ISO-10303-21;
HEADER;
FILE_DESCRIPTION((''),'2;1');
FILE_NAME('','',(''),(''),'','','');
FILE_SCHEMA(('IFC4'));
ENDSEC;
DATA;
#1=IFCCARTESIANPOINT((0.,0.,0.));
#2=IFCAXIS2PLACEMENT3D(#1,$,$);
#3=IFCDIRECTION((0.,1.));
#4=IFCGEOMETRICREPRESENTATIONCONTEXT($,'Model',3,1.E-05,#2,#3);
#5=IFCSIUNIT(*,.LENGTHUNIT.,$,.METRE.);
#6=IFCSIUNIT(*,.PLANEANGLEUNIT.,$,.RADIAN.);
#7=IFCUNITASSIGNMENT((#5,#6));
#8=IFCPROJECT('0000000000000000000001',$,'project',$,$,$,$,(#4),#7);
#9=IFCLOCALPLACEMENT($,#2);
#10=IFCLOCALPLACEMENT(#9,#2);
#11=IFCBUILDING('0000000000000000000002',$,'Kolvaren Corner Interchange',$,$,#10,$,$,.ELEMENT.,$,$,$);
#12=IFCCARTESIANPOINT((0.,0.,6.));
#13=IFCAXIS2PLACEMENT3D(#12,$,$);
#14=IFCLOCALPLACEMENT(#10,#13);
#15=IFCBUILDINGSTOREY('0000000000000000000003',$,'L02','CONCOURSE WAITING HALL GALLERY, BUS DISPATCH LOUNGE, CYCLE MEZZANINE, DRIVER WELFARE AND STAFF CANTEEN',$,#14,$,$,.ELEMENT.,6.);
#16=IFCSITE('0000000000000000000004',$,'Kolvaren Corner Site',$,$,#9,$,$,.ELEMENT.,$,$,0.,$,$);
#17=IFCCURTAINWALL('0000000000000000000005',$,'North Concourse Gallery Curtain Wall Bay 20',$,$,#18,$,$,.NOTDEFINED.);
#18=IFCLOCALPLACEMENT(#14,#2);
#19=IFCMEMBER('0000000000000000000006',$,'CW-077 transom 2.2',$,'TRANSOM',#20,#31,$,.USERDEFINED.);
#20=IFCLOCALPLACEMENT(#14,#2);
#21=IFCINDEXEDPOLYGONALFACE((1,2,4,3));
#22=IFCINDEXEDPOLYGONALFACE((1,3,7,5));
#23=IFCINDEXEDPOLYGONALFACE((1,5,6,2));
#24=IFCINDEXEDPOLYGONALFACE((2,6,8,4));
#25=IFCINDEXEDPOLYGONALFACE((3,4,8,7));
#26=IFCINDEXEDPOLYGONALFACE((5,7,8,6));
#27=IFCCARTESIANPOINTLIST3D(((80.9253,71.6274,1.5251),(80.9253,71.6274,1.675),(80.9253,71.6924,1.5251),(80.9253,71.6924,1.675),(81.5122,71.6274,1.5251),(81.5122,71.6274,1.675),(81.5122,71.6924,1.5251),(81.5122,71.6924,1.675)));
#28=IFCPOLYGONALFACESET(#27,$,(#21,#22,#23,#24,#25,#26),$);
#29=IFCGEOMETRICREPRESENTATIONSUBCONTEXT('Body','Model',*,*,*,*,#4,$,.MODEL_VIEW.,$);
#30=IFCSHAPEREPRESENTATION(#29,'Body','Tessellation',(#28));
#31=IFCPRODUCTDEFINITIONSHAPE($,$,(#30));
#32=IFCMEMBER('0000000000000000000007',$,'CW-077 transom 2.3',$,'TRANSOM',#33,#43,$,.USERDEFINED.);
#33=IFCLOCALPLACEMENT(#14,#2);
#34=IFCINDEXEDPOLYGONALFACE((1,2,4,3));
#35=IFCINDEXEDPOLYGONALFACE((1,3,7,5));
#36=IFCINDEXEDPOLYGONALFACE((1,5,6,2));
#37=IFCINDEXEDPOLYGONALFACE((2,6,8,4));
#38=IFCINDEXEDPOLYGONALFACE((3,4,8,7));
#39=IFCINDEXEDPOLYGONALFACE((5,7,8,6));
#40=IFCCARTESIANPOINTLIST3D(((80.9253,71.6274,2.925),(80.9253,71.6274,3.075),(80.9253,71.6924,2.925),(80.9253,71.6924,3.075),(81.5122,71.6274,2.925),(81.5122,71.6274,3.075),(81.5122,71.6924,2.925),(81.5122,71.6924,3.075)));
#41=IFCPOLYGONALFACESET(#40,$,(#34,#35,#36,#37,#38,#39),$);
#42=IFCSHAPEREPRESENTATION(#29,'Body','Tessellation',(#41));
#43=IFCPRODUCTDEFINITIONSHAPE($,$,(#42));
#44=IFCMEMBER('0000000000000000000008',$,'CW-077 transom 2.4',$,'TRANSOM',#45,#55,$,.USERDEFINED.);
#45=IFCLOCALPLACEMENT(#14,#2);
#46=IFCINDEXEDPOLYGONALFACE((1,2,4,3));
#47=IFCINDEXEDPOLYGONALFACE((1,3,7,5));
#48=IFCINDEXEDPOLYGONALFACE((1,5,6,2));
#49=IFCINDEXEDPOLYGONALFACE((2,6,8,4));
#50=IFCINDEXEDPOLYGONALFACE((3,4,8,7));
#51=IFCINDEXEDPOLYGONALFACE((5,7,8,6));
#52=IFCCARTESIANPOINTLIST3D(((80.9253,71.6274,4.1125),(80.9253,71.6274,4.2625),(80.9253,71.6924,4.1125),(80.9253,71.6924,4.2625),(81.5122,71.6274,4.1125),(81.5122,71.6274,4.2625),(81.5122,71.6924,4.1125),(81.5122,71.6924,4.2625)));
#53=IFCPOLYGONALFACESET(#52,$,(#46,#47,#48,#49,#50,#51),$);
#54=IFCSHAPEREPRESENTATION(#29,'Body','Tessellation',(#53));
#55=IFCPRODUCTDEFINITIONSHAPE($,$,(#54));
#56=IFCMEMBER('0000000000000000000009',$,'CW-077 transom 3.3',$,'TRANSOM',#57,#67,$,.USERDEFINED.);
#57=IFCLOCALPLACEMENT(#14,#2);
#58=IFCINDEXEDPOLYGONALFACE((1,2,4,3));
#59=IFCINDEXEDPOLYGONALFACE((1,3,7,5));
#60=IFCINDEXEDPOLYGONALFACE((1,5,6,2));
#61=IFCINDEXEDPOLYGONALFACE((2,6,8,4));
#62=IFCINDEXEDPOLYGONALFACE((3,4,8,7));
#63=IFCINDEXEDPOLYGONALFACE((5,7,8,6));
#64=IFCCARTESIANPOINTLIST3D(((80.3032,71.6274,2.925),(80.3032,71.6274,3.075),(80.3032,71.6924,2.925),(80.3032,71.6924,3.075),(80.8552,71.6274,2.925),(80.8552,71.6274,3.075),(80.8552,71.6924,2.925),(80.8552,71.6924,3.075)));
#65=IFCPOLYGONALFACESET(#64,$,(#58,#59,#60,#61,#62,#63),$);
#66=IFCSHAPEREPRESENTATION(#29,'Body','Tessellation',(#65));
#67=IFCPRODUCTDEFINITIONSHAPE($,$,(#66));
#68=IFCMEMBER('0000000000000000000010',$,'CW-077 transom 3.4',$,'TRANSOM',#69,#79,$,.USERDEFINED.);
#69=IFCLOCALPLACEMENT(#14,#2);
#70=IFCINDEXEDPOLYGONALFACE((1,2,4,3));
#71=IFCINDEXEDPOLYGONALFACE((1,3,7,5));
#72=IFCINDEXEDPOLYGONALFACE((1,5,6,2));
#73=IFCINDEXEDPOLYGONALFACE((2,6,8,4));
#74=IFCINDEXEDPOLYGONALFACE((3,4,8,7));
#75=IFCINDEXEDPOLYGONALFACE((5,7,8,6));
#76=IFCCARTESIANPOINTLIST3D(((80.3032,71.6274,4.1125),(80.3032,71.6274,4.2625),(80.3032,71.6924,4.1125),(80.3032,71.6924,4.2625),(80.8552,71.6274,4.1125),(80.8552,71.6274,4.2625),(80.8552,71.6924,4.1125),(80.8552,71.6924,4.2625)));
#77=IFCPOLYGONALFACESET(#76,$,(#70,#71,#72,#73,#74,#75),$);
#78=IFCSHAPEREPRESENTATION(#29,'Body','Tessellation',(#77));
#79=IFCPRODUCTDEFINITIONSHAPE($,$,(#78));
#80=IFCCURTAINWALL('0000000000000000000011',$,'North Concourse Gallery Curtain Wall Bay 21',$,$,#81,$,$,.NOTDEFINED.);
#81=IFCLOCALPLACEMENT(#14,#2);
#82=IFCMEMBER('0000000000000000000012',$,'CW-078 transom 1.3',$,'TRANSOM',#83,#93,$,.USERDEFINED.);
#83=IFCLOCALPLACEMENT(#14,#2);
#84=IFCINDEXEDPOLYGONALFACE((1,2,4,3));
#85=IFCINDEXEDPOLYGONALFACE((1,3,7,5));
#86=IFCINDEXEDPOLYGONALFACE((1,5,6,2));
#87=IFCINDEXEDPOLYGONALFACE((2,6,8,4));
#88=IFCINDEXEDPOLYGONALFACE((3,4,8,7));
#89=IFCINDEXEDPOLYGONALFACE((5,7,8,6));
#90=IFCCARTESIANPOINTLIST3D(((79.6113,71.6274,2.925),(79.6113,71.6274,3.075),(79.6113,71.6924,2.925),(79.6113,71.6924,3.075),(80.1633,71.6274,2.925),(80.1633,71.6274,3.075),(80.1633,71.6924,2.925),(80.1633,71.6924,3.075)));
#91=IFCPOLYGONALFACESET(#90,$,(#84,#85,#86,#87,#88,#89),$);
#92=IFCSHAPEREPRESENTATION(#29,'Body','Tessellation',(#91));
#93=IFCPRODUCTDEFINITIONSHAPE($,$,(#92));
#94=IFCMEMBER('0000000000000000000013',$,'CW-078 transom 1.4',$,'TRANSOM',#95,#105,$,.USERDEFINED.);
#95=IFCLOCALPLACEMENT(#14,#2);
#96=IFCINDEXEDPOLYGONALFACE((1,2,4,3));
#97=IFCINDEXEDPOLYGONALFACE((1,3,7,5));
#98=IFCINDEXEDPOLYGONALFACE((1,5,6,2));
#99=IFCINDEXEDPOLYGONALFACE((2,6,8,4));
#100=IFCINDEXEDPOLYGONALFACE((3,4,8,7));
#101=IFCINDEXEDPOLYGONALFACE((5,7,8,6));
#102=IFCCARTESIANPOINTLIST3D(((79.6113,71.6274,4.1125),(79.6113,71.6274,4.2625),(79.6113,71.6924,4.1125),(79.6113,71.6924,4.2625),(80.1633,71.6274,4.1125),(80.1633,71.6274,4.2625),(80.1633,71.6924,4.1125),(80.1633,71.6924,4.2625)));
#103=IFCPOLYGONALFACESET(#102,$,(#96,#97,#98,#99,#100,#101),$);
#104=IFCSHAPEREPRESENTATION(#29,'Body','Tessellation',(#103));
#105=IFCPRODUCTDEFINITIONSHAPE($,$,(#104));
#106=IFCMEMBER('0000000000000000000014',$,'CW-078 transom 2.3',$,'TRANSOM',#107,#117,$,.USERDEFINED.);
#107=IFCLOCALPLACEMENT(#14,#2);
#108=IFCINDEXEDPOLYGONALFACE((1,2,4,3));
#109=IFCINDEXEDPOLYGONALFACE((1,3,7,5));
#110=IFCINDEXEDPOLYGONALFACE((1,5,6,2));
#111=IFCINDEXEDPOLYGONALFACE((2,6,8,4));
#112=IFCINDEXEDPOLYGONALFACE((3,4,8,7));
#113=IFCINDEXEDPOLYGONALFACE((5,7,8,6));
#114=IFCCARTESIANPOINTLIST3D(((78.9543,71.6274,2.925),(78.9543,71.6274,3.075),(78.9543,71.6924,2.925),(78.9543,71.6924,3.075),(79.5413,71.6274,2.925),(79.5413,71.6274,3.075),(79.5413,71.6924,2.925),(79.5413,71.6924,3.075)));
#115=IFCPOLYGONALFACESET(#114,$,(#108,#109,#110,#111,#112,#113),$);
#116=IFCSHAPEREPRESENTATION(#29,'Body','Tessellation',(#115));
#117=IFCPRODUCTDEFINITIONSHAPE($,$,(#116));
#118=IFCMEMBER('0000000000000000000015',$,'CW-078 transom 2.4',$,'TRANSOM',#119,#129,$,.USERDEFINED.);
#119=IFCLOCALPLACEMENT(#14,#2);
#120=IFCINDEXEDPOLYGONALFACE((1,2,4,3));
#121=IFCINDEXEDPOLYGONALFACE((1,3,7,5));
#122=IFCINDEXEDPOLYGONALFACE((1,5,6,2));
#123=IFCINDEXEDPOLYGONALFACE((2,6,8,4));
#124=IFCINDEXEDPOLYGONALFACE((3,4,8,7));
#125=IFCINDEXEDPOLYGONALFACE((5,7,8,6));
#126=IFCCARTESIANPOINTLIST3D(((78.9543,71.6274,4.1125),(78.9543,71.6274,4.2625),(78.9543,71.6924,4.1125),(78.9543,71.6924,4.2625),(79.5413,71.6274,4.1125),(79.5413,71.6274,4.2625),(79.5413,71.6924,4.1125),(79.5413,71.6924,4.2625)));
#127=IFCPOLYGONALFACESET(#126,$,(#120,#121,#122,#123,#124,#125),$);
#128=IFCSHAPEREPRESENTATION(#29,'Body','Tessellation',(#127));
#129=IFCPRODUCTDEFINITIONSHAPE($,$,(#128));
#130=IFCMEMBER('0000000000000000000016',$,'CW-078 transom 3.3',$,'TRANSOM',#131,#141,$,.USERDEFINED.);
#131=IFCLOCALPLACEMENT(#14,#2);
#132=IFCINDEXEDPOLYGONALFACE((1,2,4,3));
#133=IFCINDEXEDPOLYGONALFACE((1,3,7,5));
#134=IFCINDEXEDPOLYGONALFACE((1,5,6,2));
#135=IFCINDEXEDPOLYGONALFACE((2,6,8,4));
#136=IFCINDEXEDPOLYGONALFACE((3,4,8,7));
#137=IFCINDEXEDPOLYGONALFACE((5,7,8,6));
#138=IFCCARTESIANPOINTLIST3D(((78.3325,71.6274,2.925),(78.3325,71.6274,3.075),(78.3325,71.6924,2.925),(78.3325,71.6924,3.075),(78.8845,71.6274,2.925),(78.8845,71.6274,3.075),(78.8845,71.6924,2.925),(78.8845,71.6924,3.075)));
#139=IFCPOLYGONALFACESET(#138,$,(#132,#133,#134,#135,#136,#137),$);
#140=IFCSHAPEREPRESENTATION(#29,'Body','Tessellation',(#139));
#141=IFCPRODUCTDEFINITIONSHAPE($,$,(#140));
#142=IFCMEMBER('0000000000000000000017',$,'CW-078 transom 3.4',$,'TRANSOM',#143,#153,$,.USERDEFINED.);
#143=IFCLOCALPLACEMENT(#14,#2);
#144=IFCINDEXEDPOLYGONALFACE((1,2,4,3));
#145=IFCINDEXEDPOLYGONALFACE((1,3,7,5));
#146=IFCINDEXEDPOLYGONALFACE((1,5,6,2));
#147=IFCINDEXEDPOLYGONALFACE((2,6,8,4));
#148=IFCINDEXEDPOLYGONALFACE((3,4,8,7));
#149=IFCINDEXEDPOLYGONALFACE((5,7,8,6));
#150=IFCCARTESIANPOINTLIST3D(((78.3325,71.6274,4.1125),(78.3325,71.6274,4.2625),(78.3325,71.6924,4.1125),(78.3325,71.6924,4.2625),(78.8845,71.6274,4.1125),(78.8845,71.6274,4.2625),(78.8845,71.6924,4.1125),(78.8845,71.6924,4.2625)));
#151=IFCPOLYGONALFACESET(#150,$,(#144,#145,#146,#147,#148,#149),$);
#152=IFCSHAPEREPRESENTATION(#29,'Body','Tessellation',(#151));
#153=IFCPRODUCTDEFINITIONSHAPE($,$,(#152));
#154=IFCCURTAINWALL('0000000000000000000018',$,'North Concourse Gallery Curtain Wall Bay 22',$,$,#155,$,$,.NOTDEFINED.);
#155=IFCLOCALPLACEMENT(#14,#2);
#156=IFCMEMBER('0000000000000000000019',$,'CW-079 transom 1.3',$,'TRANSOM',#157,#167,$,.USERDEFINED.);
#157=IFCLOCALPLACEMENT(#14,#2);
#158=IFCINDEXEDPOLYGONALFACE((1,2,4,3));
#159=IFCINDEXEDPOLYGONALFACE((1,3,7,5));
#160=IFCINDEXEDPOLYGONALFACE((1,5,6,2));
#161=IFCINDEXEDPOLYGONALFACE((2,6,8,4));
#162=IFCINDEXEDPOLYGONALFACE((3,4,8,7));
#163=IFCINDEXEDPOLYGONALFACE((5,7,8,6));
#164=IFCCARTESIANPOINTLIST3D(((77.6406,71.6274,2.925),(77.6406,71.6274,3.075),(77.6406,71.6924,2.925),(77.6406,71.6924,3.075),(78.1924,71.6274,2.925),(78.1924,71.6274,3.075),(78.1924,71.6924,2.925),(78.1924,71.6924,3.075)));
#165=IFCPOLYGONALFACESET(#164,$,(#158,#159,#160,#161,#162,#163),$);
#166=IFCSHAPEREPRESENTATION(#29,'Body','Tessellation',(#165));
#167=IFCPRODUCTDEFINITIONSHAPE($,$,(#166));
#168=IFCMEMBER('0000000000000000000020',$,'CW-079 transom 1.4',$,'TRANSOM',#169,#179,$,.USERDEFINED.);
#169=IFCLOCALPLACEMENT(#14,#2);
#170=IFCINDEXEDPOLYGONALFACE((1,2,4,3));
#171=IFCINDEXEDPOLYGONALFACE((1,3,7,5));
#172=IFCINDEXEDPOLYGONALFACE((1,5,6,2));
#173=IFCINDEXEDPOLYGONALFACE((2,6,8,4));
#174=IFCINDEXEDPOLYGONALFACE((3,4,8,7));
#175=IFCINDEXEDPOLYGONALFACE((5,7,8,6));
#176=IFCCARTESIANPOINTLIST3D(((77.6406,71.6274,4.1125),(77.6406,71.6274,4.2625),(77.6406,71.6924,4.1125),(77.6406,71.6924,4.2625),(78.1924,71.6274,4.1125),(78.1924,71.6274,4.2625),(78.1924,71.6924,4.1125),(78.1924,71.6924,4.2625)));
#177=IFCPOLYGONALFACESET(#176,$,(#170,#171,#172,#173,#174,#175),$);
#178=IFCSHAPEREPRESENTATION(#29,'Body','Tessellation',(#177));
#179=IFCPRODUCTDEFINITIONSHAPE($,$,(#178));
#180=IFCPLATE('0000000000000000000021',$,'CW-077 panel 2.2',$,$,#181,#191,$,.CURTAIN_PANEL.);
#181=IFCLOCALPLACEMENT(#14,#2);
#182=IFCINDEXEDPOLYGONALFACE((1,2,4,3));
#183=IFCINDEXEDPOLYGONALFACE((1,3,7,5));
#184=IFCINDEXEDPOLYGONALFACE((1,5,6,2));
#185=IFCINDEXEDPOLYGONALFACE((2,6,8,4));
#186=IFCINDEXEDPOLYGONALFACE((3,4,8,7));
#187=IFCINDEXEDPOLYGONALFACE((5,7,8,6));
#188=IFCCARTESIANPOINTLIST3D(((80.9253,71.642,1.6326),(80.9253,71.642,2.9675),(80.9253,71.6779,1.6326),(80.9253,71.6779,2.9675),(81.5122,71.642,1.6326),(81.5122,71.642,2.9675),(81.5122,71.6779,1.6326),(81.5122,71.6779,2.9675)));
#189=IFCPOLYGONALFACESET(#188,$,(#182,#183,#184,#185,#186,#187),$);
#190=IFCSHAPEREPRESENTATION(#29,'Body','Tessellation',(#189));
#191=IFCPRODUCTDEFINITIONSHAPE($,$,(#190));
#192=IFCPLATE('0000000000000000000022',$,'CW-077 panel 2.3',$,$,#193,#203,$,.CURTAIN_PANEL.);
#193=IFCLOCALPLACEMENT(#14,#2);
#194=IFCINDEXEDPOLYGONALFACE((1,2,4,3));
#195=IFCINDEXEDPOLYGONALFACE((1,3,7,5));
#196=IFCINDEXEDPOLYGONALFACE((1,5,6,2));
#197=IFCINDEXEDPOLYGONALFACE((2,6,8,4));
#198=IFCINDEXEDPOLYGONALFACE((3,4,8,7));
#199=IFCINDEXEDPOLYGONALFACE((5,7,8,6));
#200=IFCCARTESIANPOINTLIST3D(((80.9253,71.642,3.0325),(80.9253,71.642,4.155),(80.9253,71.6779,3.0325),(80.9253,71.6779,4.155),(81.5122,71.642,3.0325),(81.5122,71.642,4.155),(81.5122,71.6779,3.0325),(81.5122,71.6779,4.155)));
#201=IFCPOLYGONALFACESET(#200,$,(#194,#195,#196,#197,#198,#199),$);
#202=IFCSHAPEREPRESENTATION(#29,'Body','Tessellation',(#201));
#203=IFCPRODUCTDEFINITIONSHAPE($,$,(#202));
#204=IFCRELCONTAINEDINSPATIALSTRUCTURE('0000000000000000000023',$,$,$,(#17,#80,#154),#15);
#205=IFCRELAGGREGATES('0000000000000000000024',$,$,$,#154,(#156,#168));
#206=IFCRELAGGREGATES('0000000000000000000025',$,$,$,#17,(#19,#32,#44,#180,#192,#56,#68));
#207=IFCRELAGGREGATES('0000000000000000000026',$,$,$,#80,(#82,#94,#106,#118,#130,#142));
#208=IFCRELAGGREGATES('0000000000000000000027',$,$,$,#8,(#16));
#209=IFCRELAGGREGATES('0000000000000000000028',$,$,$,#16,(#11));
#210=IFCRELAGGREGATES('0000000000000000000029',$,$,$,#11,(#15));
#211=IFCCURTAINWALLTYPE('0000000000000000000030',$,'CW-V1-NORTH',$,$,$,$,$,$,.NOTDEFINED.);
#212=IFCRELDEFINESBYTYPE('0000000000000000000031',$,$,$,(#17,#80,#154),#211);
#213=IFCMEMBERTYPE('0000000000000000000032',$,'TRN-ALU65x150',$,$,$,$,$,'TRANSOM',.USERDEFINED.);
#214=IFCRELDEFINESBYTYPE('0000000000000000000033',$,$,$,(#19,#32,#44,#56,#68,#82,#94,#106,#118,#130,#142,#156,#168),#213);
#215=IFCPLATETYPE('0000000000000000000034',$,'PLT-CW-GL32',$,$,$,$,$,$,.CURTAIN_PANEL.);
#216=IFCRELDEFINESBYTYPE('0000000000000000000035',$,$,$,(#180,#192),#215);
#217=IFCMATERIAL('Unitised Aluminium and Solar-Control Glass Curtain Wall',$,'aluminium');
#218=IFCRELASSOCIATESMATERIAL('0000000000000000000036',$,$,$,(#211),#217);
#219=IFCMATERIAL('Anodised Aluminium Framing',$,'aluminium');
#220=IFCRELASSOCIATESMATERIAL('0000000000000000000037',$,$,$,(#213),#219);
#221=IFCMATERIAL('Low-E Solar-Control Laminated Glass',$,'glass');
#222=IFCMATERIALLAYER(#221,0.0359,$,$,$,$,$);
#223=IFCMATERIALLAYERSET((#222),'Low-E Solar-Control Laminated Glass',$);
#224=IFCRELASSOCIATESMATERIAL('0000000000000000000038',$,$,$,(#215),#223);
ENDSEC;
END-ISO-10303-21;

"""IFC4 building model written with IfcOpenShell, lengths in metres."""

from ifc_helpers import new_model, si_unit, direction, frame, origin, origin_2d, place, context, subcontext, project, spatial, rectangle, extrude, material, layer, layer_set, material_profile, profile_set, type_object, element, aggregate, save


model = new_model("IFC4")

# Units and contexts
model_context = context("Model", 3, precision=1e-05, world=origin(), true_north=direction((0.0, 1.0)))
body_context = subcontext(model_context, "Body", "Model", "MODEL_VIEW")
ifc_project = project(units=[si_unit("LENGTHUNIT", "METRE"), si_unit("PLANEANGLEUNIT", "RADIAN")], contexts=[model_context])

# Site, building, storey
site_placement = place(None, origin())
site = spatial("IfcSite", under=ifc_project, at=site_placement, Name="Kolvaren Corner Site", CompositionType="ELEMENT", RefElevation=0.0)
building_placement = place(site_placement, origin())
building = spatial("IfcBuilding", under=site, at=building_placement, Name="Kolvaren Corner Interchange", CompositionType="ELEMENT")
storey_placement = place(building_placement, frame((0.0, 0.0, 6.0)))
storey = spatial("IfcBuildingStorey", under=building, at=storey_placement, Name="L02", Description="CONCOURSE WAITING HALL GALLERY, BUS DISPATCH LOUNGE, CYCLE MEZZANINE, DRIVER WELFARE AND STAFF CANTEEN", CompositionType="ELEMENT", Elevation=6.0)

# Curtain walls, members
ifc_material_1 = material(Name="Unitised Aluminium and Solar-Control Glass Curtain Wall", Category="aluminium")
curtain_wall_type = type_object("IfcCurtainWallType", Name="CW-V1-NORTH", PredefinedType="NOTDEFINED", material=ifc_material_1)
curtain_wall_1_placement = place(storey_placement, origin())
curtain_wall_1 = element("IfcCurtainWall", 1, at=curtain_wall_1_placement, inside=storey, type_object=curtain_wall_type, Name="North Concourse Gallery Curtain Wall Bay 20", PredefinedType="NOTDEFINED")
ifc_material_2 = material(Name="Anodised Aluminium Framing", Category="aluminium")
ifc_material_profile = material_profile(ifc_material_2, rectangle(XDim=0.0649, YDim=0.1499, at=origin_2d()), Name="ALU 65x150")
ifc_profile_set = profile_set([ifc_material_profile], Name="Anodised Aluminium Framing")
member_type = type_object("IfcMemberType", Name="TRN-ALU65x150", ElementType="TRANSOM", PredefinedType="USERDEFINED", material=ifc_profile_set)
member_1_placement = place(storey_placement, frame((81.5122, 71.6599, 1.6001), z_axis=(-1.0, 0.0, 0.0), x_axis=(0.0, -1.0, 0.0)))
member_1 = element("IfcMember", 2, at=member_1_placement, type_object=member_type, Name="CW-077 transom 2.2", ObjectType="TRANSOM", PredefinedType="USERDEFINED", context=body_context, shape_type="SweptSolid", body=[
    extrude(rectangle(XDim=0.0649, YDim=0.1499, at=origin_2d()), origin(), (0.0, 0.0, 1.0), 0.5869),
])
member_2_placement = place(storey_placement, frame((81.5122, 71.6599, 3.0), z_axis=(-1.0, 0.0, 0.0), x_axis=(0.0, -1.0, 0.0)))
member_2 = element("IfcMember", 3, at=member_2_placement, type_object=member_type, Name="CW-077 transom 2.3", ObjectType="TRANSOM", PredefinedType="USERDEFINED", context=body_context, shape_type="SweptSolid", body=[
    extrude(rectangle(XDim=0.0649, YDim=0.1499, at=origin_2d()), origin(), (0.0, 0.0, 1.0), 0.5869),
])
member_3_placement = place(storey_placement, frame((81.5122, 71.6599, 4.1875), z_axis=(-1.0, 0.0, 0.0), x_axis=(0.0, -1.0, 0.0)))
member_3 = element("IfcMember", 4, at=member_3_placement, type_object=member_type, Name="CW-077 transom 2.4", ObjectType="TRANSOM", PredefinedType="USERDEFINED", context=body_context, shape_type="SweptSolid", body=[
    extrude(rectangle(XDim=0.0649, YDim=0.1499, at=origin_2d()), origin(), (0.0, 0.0, 1.0), 0.5869),
])
member_4_placement = place(storey_placement, frame((80.8552, 71.6599, 3.0), z_axis=(-1.0, 0.0, 0.0), x_axis=(0.0, -1.0, 0.0)))
member_4 = element("IfcMember", 5, at=member_4_placement, type_object=member_type, Name="CW-077 transom 3.3", ObjectType="TRANSOM", PredefinedType="USERDEFINED", context=body_context, shape_type="SweptSolid", body=[
    extrude(rectangle(XDim=0.0649, YDim=0.1499, at=origin_2d()), origin(), (0.0, 0.0, 1.0), 0.552),
])
member_5_placement = place(storey_placement, frame((80.8552, 71.6599, 4.1875), z_axis=(-1.0, 0.0, 0.0), x_axis=(0.0, -1.0, 0.0)))
member_5 = element("IfcMember", 6, at=member_5_placement, type_object=member_type, Name="CW-077 transom 3.4", ObjectType="TRANSOM", PredefinedType="USERDEFINED", context=body_context, shape_type="SweptSolid", body=[
    extrude(rectangle(XDim=0.0649, YDim=0.1499, at=origin_2d()), origin(), (0.0, 0.0, 1.0), 0.552),
])
curtain_wall_2_placement = place(storey_placement, origin())
curtain_wall_2 = element("IfcCurtainWall", 7, at=curtain_wall_2_placement, inside=storey, type_object=curtain_wall_type, Name="North Concourse Gallery Curtain Wall Bay 21", PredefinedType="NOTDEFINED")
member_6_placement = place(storey_placement, frame((80.1633, 71.6599, 3.0), z_axis=(-1.0, 0.0, 0.0), x_axis=(0.0, -1.0, 0.0)))
member_6 = element("IfcMember", 8, at=member_6_placement, type_object=member_type, Name="CW-078 transom 1.3", ObjectType="TRANSOM", PredefinedType="USERDEFINED", context=body_context, shape_type="SweptSolid", body=[
    extrude(rectangle(XDim=0.0649, YDim=0.1499, at=origin_2d()), origin(), (0.0, 0.0, 1.0), 0.552),
])
member_7_placement = place(storey_placement, frame((80.1633, 71.6599, 4.1875), z_axis=(-1.0, 0.0, 0.0), x_axis=(0.0, -1.0, 0.0)))
member_7 = element("IfcMember", 9, at=member_7_placement, type_object=member_type, Name="CW-078 transom 1.4", ObjectType="TRANSOM", PredefinedType="USERDEFINED", context=body_context, shape_type="SweptSolid", body=[
    extrude(rectangle(XDim=0.0649, YDim=0.1499, at=origin_2d()), origin(), (0.0, 0.0, 1.0), 0.552),
])
member_8_placement = place(storey_placement, frame((79.5413, 71.6599, 3.0), z_axis=(-1.0, 0.0, 0.0), x_axis=(0.0, -1.0, 0.0)))
member_8 = element("IfcMember", 10, at=member_8_placement, type_object=member_type, Name="CW-078 transom 2.3", ObjectType="TRANSOM", PredefinedType="USERDEFINED", context=body_context, shape_type="SweptSolid", body=[
    extrude(rectangle(XDim=0.0649, YDim=0.1499, at=origin_2d()), origin(), (0.0, 0.0, 1.0), 0.5869),
])
member_9_placement = place(storey_placement, frame((79.5413, 71.6599, 4.1875), z_axis=(-1.0, 0.0, 0.0), x_axis=(0.0, -1.0, 0.0)))
member_9 = element("IfcMember", 11, at=member_9_placement, type_object=member_type, Name="CW-078 transom 2.4", ObjectType="TRANSOM", PredefinedType="USERDEFINED", context=body_context, shape_type="SweptSolid", body=[
    extrude(rectangle(XDim=0.0649, YDim=0.1499, at=origin_2d()), origin(), (0.0, 0.0, 1.0), 0.5869),
])
member_10_placement = place(storey_placement, frame((78.8845, 71.6599, 3.0), z_axis=(-1.0, 0.0, 0.0), x_axis=(0.0, -1.0, 0.0)))
member_10 = element("IfcMember", 12, at=member_10_placement, type_object=member_type, Name="CW-078 transom 3.3", ObjectType="TRANSOM", PredefinedType="USERDEFINED", context=body_context, shape_type="SweptSolid", body=[
    extrude(rectangle(XDim=0.0649, YDim=0.1499, at=origin_2d()), origin(), (0.0, 0.0, 1.0), 0.552),
])
member_11_placement = place(storey_placement, frame((78.8845, 71.6599, 4.1875), z_axis=(-1.0, 0.0, 0.0), x_axis=(0.0, -1.0, 0.0)))
member_11 = element("IfcMember", 13, at=member_11_placement, type_object=member_type, Name="CW-078 transom 3.4", ObjectType="TRANSOM", PredefinedType="USERDEFINED", context=body_context, shape_type="SweptSolid", body=[
    extrude(rectangle(XDim=0.0649, YDim=0.1499, at=origin_2d()), origin(), (0.0, 0.0, 1.0), 0.552),
])
curtain_wall_3_placement = place(storey_placement, origin())
curtain_wall_3 = element("IfcCurtainWall", 14, at=curtain_wall_3_placement, inside=storey, type_object=curtain_wall_type, Name="North Concourse Gallery Curtain Wall Bay 22", PredefinedType="NOTDEFINED")
member_12_placement = place(storey_placement, frame((78.1924, 71.6599, 3.0), z_axis=(-1.0, 0.0, 0.0), x_axis=(0.0, -1.0, 0.0)))
member_12 = element("IfcMember", 15, at=member_12_placement, type_object=member_type, Name="CW-079 transom 1.3", ObjectType="TRANSOM", PredefinedType="USERDEFINED", context=body_context, shape_type="SweptSolid", body=[
    extrude(rectangle(XDim=0.0649, YDim=0.1499, at=origin_2d()), origin(), (0.0, 0.0, 1.0), 0.5518),
])
member_13_placement = place(storey_placement, frame((78.1924, 71.6599, 4.1875), z_axis=(-1.0, 0.0, 0.0), x_axis=(0.0, -1.0, 0.0)))
member_13 = element("IfcMember", 16, at=member_13_placement, type_object=member_type, Name="CW-079 transom 1.4", ObjectType="TRANSOM", PredefinedType="USERDEFINED", context=body_context, shape_type="SweptSolid", body=[
    extrude(rectangle(XDim=0.0649, YDim=0.1499, at=origin_2d()), origin(), (0.0, 0.0, 1.0), 0.5518),
])
aggregate(curtain_wall_3, [member_12, member_13])

# Plates
ifc_material_3 = material(Name="Low-E Solar-Control Laminated Glass", Category="glass")
ifc_layer = layer(ifc_material_3, 0.0359)
ifc_layer_set = layer_set([ifc_layer], Name="Low-E Solar-Control Laminated Glass")
plate_type = type_object("IfcPlateType", Name="PLT-CW-GL32", PredefinedType="CURTAIN_PANEL", material=ifc_layer_set)
plate_1_placement = place(storey_placement, frame((81.2188, 71.6599, 1.6326), z_axis=(0.0, 0.0, 1.0), x_axis=(-1.0, 0.0, 0.0)))
plate_1 = element("IfcPlate", 17, at=plate_1_placement, type_object=plate_type, Name="CW-077 panel 2.2", PredefinedType="CURTAIN_PANEL", context=body_context, shape_type="SweptSolid", body=[
    extrude(rectangle(XDim=0.5869, YDim=0.0359, at=origin_2d()), origin(), (0.0, 0.0, 1.0), 1.335),
])
plate_2_placement = place(storey_placement, frame((81.2188, 71.6599, 3.0325), z_axis=(0.0, 0.0, 1.0), x_axis=(-1.0, 0.0, 0.0)))
plate_2 = element("IfcPlate", 18, at=plate_2_placement, type_object=plate_type, Name="CW-077 panel 2.3", PredefinedType="CURTAIN_PANEL", context=body_context, shape_type="SweptSolid", body=[
    extrude(rectangle(XDim=0.5869, YDim=0.0359, at=origin_2d()), origin(), (0.0, 0.0, 1.0), 1.1226),
])
aggregate(curtain_wall_1, [member_1, member_2, member_3, plate_1, plate_2, member_4, member_5])
aggregate(curtain_wall_2, [member_6, member_7, member_8, member_9, member_10, member_11])

save(model, "model.ifc")
